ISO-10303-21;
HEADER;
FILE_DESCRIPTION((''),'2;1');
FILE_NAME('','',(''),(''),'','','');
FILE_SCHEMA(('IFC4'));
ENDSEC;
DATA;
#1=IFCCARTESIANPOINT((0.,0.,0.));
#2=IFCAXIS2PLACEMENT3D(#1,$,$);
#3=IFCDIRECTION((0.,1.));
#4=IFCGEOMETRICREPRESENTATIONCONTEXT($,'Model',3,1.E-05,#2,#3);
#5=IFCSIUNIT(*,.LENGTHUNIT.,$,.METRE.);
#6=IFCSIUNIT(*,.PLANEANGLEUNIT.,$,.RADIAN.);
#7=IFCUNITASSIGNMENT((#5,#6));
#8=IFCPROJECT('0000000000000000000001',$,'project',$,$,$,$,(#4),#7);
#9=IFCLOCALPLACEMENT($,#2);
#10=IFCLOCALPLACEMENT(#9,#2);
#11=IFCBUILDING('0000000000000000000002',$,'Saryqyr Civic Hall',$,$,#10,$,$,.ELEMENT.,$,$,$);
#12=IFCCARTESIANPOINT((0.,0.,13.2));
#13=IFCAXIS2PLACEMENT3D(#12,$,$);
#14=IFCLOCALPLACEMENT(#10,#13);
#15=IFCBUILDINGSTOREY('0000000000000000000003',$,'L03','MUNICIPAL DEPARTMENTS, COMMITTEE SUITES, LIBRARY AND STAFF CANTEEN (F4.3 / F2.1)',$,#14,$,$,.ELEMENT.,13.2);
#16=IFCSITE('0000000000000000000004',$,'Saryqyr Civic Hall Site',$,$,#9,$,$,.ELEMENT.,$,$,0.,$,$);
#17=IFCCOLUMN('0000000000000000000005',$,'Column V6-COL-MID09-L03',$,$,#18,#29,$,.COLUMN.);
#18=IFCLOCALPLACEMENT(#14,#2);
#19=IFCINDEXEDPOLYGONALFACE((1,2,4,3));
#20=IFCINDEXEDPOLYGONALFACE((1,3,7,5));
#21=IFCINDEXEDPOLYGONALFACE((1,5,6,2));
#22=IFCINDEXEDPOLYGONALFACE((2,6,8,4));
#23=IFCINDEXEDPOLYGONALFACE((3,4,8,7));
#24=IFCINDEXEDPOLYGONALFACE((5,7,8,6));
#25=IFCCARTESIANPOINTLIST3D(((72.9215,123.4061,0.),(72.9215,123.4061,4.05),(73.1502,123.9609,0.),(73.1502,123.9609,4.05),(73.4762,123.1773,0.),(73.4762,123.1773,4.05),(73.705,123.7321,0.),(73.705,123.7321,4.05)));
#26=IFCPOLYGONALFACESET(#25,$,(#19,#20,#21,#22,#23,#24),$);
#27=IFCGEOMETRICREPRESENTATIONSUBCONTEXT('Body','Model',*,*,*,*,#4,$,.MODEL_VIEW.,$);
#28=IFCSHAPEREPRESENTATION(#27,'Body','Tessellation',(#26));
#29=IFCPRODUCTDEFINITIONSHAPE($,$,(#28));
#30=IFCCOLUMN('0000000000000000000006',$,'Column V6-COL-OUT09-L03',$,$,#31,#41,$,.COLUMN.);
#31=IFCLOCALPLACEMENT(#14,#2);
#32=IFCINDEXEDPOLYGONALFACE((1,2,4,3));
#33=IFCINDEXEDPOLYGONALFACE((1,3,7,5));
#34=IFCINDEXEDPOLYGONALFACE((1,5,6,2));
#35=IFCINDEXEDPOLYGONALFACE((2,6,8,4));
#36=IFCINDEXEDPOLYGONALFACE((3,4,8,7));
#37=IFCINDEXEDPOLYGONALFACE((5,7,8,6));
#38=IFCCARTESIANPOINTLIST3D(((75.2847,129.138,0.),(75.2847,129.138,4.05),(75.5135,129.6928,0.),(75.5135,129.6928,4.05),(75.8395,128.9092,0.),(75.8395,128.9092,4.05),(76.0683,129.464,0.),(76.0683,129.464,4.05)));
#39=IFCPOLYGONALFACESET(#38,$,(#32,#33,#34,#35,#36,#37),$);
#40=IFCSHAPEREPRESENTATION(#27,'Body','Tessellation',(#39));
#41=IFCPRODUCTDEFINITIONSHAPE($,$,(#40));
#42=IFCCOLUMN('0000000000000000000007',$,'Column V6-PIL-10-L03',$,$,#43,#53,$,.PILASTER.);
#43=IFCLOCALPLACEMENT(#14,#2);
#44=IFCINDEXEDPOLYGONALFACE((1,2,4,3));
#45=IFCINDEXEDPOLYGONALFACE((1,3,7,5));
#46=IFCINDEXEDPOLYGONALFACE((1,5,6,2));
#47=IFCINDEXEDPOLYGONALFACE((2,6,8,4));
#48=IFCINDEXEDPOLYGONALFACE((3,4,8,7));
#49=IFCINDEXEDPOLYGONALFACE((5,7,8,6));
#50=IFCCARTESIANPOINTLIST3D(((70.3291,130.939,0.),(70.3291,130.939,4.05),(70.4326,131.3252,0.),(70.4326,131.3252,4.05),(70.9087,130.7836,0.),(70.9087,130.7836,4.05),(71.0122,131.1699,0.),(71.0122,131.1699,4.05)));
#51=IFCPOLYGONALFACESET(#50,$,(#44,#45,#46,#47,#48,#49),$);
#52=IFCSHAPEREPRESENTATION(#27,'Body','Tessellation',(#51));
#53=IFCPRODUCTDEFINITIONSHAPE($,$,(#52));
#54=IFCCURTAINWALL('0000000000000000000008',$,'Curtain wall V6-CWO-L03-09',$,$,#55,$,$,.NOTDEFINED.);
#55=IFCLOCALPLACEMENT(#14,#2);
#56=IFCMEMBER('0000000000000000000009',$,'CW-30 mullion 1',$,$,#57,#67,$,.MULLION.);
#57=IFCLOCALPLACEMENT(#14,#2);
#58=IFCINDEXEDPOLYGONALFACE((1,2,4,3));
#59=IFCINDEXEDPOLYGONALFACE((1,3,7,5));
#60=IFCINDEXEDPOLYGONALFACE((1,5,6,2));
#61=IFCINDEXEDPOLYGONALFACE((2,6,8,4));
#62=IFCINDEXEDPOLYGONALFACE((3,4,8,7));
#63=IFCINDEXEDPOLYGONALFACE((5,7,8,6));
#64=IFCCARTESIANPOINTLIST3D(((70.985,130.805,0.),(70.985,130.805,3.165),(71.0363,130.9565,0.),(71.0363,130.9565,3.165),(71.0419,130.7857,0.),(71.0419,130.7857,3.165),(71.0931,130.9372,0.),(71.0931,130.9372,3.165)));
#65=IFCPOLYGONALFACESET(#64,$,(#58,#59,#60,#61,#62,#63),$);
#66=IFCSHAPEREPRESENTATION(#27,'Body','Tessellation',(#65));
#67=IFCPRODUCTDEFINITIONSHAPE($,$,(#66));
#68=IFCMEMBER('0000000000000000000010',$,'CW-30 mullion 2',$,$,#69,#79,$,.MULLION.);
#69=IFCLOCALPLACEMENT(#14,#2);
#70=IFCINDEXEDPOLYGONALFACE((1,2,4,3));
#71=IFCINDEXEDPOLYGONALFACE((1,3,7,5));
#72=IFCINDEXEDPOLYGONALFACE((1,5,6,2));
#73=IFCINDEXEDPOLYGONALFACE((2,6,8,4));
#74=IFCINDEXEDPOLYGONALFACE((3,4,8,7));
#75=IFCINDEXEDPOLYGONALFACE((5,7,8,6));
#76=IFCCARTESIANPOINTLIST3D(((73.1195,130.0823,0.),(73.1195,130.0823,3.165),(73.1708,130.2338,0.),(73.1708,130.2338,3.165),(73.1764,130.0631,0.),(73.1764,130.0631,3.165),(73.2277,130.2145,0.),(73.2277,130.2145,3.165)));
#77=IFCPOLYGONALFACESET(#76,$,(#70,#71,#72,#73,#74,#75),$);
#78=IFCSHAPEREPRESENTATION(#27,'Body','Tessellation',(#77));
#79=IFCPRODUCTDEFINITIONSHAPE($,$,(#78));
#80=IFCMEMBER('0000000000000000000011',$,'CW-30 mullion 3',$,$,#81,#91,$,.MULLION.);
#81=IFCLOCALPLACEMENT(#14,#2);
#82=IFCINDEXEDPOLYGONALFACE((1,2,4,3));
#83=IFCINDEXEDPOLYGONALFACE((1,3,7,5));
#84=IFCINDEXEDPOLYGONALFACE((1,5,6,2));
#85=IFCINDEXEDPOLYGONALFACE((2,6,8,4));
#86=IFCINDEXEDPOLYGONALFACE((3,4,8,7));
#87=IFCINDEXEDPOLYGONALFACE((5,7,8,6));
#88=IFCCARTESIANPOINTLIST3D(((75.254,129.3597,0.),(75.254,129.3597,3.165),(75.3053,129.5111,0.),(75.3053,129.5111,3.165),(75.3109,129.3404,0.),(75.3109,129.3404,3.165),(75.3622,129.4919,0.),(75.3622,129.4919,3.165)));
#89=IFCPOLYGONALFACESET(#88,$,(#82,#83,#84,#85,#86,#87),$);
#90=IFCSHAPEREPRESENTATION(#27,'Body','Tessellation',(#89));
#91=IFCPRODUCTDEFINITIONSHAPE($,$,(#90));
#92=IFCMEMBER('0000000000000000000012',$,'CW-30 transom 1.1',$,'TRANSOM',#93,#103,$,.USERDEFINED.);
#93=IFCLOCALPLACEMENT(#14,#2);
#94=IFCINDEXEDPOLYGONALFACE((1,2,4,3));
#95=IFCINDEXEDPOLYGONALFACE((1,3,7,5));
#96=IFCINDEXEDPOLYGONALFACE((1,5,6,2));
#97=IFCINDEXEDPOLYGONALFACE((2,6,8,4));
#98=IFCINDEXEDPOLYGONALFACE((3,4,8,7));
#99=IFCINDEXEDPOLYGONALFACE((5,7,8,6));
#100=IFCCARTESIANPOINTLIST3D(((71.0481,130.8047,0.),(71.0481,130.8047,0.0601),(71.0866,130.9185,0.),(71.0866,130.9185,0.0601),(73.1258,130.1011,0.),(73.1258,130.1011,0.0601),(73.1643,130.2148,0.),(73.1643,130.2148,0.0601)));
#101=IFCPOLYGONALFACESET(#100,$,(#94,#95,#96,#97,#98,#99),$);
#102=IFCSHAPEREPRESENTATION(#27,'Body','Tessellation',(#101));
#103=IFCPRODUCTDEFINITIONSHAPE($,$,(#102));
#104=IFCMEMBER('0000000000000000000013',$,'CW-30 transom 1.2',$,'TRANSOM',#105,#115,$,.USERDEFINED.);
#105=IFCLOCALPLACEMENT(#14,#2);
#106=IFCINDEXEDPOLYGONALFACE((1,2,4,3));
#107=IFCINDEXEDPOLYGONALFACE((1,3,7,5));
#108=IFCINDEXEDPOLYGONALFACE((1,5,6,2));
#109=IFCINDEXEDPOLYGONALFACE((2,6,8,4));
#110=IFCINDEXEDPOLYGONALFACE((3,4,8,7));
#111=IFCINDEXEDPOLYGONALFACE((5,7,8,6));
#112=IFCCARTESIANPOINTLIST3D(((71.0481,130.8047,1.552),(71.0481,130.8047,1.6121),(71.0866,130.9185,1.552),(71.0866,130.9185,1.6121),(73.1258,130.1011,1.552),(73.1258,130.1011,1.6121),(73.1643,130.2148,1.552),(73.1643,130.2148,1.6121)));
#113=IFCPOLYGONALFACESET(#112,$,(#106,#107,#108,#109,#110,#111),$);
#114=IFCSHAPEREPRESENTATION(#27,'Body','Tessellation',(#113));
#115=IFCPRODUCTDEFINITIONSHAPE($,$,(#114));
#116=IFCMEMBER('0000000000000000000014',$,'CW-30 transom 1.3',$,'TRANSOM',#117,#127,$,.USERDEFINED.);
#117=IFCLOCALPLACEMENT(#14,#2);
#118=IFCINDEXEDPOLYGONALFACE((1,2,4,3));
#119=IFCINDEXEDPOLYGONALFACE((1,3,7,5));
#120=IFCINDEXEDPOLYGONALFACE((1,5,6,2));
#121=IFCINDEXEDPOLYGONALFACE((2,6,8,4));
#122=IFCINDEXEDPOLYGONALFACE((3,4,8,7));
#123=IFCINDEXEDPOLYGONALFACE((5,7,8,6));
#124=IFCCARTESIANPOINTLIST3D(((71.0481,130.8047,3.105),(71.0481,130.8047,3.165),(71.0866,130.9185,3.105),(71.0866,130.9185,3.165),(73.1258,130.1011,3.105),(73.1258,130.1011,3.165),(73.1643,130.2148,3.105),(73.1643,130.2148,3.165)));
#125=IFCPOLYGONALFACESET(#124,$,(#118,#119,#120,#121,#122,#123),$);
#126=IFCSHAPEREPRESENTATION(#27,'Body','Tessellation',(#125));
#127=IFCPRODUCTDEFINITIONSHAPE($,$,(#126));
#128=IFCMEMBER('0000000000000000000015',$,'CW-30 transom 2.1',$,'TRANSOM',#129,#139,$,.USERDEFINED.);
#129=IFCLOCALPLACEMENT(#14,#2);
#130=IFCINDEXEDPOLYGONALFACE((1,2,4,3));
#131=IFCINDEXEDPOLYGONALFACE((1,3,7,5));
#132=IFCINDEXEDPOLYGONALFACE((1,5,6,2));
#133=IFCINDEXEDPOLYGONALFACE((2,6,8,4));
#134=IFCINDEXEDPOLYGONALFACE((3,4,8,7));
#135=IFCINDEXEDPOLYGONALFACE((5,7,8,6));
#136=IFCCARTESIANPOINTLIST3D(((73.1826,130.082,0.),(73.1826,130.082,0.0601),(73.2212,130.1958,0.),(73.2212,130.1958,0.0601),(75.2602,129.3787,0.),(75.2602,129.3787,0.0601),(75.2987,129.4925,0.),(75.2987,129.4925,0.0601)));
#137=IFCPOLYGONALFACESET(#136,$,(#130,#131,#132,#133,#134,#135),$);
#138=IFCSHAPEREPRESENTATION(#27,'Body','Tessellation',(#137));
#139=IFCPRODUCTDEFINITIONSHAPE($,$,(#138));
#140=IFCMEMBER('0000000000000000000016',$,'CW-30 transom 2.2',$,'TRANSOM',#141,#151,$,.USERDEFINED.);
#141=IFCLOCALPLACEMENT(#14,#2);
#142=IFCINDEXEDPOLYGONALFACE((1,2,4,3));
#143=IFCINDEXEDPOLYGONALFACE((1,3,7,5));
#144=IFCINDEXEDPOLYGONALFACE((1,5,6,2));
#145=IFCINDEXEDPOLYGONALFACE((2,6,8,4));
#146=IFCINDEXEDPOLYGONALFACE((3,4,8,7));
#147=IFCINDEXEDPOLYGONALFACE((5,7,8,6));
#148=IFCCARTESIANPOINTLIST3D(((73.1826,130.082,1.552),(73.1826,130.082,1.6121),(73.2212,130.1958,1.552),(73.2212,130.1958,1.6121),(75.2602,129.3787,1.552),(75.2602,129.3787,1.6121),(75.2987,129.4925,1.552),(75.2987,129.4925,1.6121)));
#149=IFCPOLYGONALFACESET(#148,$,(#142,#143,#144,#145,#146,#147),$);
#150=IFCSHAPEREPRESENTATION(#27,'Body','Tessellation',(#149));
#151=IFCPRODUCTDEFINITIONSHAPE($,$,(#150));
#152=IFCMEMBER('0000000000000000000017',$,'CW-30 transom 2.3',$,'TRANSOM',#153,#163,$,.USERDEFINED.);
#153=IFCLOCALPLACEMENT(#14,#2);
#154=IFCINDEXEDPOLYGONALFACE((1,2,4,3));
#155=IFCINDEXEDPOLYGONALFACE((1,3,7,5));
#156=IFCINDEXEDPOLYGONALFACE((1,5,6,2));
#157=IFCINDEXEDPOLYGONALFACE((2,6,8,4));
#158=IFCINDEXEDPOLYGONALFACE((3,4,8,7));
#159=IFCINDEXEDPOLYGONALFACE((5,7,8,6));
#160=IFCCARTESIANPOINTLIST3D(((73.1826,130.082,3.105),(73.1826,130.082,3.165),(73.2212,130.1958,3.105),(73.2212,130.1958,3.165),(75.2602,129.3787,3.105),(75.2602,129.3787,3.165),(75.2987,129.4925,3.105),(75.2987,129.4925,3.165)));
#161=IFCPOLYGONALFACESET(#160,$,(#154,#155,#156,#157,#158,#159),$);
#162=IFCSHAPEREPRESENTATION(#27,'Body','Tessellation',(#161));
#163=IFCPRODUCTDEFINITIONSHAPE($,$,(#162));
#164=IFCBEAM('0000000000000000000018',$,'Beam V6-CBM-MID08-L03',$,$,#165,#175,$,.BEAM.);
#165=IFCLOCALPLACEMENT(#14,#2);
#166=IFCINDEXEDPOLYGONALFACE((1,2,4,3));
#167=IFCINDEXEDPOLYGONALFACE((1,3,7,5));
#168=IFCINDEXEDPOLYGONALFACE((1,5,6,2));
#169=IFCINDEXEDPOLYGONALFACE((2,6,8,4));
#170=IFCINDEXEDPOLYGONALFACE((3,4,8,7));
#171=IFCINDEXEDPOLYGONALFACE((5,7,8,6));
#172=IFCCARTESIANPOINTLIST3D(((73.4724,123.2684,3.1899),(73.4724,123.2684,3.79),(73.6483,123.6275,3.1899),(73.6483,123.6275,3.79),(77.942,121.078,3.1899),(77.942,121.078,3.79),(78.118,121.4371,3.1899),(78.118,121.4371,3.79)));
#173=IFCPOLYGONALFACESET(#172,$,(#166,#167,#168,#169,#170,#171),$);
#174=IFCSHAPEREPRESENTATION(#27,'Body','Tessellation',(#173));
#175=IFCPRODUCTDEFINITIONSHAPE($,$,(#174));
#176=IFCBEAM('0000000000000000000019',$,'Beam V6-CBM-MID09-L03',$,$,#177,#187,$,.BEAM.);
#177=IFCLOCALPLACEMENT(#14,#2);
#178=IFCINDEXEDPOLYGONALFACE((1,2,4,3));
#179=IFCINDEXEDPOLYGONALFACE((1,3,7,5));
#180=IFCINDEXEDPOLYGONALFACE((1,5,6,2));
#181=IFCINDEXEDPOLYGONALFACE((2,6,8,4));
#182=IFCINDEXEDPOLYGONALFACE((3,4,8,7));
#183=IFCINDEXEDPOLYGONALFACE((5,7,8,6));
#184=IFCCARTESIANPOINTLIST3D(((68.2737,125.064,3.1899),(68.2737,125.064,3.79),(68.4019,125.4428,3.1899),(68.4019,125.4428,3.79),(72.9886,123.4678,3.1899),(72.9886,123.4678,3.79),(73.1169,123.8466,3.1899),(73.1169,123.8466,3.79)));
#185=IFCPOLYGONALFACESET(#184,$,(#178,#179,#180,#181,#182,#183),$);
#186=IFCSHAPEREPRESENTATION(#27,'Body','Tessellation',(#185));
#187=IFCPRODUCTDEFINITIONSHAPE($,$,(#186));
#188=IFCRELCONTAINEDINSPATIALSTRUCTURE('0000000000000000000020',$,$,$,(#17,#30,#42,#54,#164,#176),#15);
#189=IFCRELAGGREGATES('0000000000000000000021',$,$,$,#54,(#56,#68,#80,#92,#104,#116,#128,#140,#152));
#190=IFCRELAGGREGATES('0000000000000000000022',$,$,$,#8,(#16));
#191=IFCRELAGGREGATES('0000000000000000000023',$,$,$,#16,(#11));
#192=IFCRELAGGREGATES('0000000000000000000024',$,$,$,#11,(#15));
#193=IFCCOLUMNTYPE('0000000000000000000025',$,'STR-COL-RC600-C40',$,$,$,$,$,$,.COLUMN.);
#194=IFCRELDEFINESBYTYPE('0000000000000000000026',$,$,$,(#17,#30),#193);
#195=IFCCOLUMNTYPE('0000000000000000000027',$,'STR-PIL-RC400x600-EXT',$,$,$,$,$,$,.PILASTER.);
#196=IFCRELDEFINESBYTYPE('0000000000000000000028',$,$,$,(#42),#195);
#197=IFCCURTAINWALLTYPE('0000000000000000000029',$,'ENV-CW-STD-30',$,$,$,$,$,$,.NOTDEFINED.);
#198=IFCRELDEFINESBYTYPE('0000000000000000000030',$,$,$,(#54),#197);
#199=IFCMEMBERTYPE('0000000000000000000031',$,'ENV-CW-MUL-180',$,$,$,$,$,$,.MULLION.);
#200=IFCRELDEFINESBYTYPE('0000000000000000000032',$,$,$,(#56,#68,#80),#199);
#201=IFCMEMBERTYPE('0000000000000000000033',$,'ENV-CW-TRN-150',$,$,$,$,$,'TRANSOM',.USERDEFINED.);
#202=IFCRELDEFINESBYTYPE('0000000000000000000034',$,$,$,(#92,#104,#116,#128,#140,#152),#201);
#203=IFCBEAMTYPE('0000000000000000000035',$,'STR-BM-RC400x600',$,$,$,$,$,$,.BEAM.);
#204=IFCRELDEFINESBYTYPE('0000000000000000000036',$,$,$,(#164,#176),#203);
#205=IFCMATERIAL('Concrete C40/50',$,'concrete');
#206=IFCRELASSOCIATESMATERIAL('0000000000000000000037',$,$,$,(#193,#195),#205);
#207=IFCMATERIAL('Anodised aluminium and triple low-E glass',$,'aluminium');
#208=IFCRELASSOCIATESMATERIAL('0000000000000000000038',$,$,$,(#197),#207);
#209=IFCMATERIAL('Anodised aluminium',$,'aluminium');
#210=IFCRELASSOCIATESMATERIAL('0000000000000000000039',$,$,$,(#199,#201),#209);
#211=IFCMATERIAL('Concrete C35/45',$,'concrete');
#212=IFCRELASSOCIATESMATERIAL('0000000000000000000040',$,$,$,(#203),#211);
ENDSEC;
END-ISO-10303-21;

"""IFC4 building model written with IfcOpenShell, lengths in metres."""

from ifc_helpers import new_model, si_unit, direction, frame, origin, origin_2d, place, context, subcontext, project, spatial, rectangle, extrude, material, material_profile, profile_set, type_object, element, aggregate, save


model = new_model("IFC4")

# Units and contexts
model_context = context("Model", 3, precision=1e-05, world=origin(), true_north=direction((0.0, 1.0)))
body_context = subcontext(model_context, "Body", "Model", "MODEL_VIEW")
ifc_project = project(units=[si_unit("LENGTHUNIT", "METRE"), si_unit("PLANEANGLEUNIT", "RADIAN")], contexts=[model_context])

# Site, building, storey
site_placement = place(None, origin())
site = spatial("IfcSite", under=ifc_project, at=site_placement, Name="Saryqyr Civic Hall Site", CompositionType="ELEMENT", RefElevation=0.0)
building_placement = place(site_placement, origin())
building = spatial("IfcBuilding", under=site, at=building_placement, Name="Saryqyr Civic Hall", CompositionType="ELEMENT")
storey_placement = place(building_placement, frame((0.0, 0.0, 13.2)))
storey = spatial("IfcBuildingStorey", under=building, at=storey_placement, Name="L03", Description="MUNICIPAL DEPARTMENTS, COMMITTEE SUITES, LIBRARY AND STAFF CANTEEN (F4.3 / F2.1)", CompositionType="ELEMENT", Elevation=13.2)

# Columns
ifc_material_1 = material(Name="Concrete C40/50", Category="concrete")
ifc_material_profile_1 = material_profile(ifc_material_1, rectangle(XDim=0.6001, YDim=0.6001, at=origin_2d()), Name="RC 600x600")
ifc_profile_set_1 = profile_set([ifc_material_profile_1], Name="Concrete C40/50")
column_type_1 = type_object("IfcColumnType", Name="STR-COL-RC600-C40", PredefinedType="COLUMN", material=ifc_profile_set_1)
for number, where, z_axis, x_axis, name in (
    (1, (73.3132, 123.5691, 0.0), (0.0, 0.0, 1.0), (0.381232, 0.92448, 0.0), "Column V6-COL-MID09-L03"),
    (2, (75.6765, 129.301, 0.0), (0.0, 0.0, 1.0), (0.381232, 0.92448, 0.0), "Column V6-COL-OUT09-L03"),
):
    element("IfcColumn", number, at=place(storey_placement, frame(where, z_axis=z_axis, x_axis=x_axis)), inside=storey, type_object=column_type_1, Name=name, PredefinedType="COLUMN", context=body_context, shape_type="SweptSolid", body=[
        extrude(rectangle(XDim=0.6001, YDim=0.6001, at=origin_2d()), origin(), (0.0, 0.0, 1.0), 4.05),
    ])
ifc_material_profile_2 = material_profile(ifc_material_1, rectangle(XDim=0.3999, YDim=0.6001, at=origin_2d()), Name="RC 400x600")
ifc_profile_set_2 = profile_set([ifc_material_profile_2], Name="Concrete C40/50")
column_type_2 = type_object("IfcColumnType", Name="STR-PIL-RC400x600-EXT", PredefinedType="PILASTER", material=ifc_profile_set_2)
column_placement = place(storey_placement, frame((70.6707, 131.0544, 0.0), z_axis=(0.0, 0.0, 1.0), x_axis=(0.258819, 0.965926, 0.0)))
element("IfcColumn", 3, at=column_placement, inside=storey, type_object=column_type_2, Name="Column V6-PIL-10-L03", PredefinedType="PILASTER", context=body_context, shape_type="SweptSolid", body=[
    extrude(rectangle(XDim=0.3999, YDim=0.6001, at=origin_2d()), origin(), (0.0, 0.0, 1.0), 4.05),
])

# Curtain wall, members
ifc_material_2 = material(Name="Anodised aluminium and triple low-E glass", Category="aluminium")
curtain_wall_type = type_object("IfcCurtainWallType", Name="ENV-CW-STD-30", PredefinedType="NOTDEFINED", material=ifc_material_2)
curtain_wall_placement = place(storey_placement, origin())
curtain_wall = element("IfcCurtainWall", 4, at=curtain_wall_placement, inside=storey, type_object=curtain_wall_type, Name="Curtain wall V6-CWO-L03-09", PredefinedType="NOTDEFINED")
ifc_material_3 = material(Name="Anodised aluminium", Category="aluminium")
ifc_material_profile_3 = material_profile(ifc_material_3, rectangle(XDim=0.0601, YDim=0.1599, at=origin_2d()), Name="ALU MULLION 60x160")
ifc_profile_set_3 = profile_set([ifc_material_profile_3], Name="Anodised aluminium")
member_type_1 = type_object("IfcMemberType", Name="ENV-CW-MUL-180", PredefinedType="MULLION", material=ifc_profile_set_3)
member_1_placement = place(storey_placement, frame((71.0391, 130.8711, 0.0), z_axis=(0.0, 0.0, 1.0), x_axis=(0.94719, -0.320671, 0.0)))
member_1 = element("IfcMember", 5, at=member_1_placement, type_object=member_type_1, Name="CW-30 mullion 1", PredefinedType="MULLION", context=body_context, shape_type="SweptSolid", body=[
    extrude(rectangle(XDim=0.0601, YDim=0.1599, at=origin_2d()), origin(), (0.0, 0.0, 1.0), 3.165),
])
member_2_placement = place(storey_placement, frame((73.1736, 130.1484, 0.0), z_axis=(0.0, 0.0, 1.0), x_axis=(0.94719, -0.320671, 0.0)))
member_2 = element("IfcMember", 6, at=member_2_placement, type_object=member_type_1, Name="CW-30 mullion 2", PredefinedType="MULLION", context=body_context, shape_type="SweptSolid", body=[
    extrude(rectangle(XDim=0.0601, YDim=0.1599, at=origin_2d()), origin(), (0.0, 0.0, 1.0), 3.165),
])
member_3_placement = place(storey_placement, frame((75.3081, 129.4258, 0.0), z_axis=(0.0, 0.0, 1.0), x_axis=(0.94719, -0.320671, 0.0)))
member_3 = element("IfcMember", 7, at=member_3_placement, type_object=member_type_1, Name="CW-30 mullion 3", PredefinedType="MULLION", context=body_context, shape_type="SweptSolid", body=[
    extrude(rectangle(XDim=0.0601, YDim=0.1599, at=origin_2d()), origin(), (0.0, 0.0, 1.0), 3.165),
])
ifc_material_profile_4 = material_profile(ifc_material_3, rectangle(XDim=0.1201, YDim=0.0601, at=origin_2d()), Name="ALU TRANSOM 120x60")
ifc_profile_set_4 = profile_set([ifc_material_profile_4], Name="Anodised aluminium")
member_type_2 = type_object("IfcMemberType", Name="ENV-CW-TRN-150", ElementType="TRANSOM", PredefinedType="USERDEFINED", material=ifc_profile_set_4)
member_4_placement = place(storey_placement, frame((71.0674, 130.8616, 0.03), z_axis=(0.947159, -0.320765, 0.0), x_axis=(0.320765, 0.947159, 0.0)))
member_4 = element("IfcMember", 8, at=member_4_placement, type_object=member_type_2, Name="CW-30 transom 1.1", ObjectType="TRANSOM", PredefinedType="USERDEFINED", context=body_context, shape_type="SweptSolid", body=[
    extrude(rectangle(XDim=0.1201, YDim=0.0601, at=origin_2d()), origin(), (0.0, 0.0, 1.0), 2.1936),
])
member_5_placement = place(storey_placement, frame((71.0674, 130.8616, 1.582), z_axis=(0.947159, -0.320765, 0.0), x_axis=(0.320765, 0.947159, 0.0)))
member_5 = element("IfcMember", 9, at=member_5_placement, type_object=member_type_2, Name="CW-30 transom 1.2", ObjectType="TRANSOM", PredefinedType="USERDEFINED", context=body_context, shape_type="SweptSolid", body=[
    extrude(rectangle(XDim=0.1201, YDim=0.0601, at=origin_2d()), origin(), (0.0, 0.0, 1.0), 2.1936),
])
member_6_placement = place(storey_placement, frame((71.0674, 130.8616, 3.135), z_axis=(0.947159, -0.320765, 0.0), x_axis=(0.320765, 0.947159, 0.0)))
member_6 = element("IfcMember", 10, at=member_6_placement, type_object=member_type_2, Name="CW-30 transom 1.3", ObjectType="TRANSOM", PredefinedType="USERDEFINED", context=body_context, shape_type="SweptSolid", body=[
    extrude(rectangle(XDim=0.1201, YDim=0.0601, at=origin_2d()), origin(), (0.0, 0.0, 1.0), 2.1936),
])
member_7_placement = place(storey_placement, frame((73.2019, 130.1389, 0.03), z_axis=(0.947193, -0.320665, 0.0), x_axis=(0.320665, 0.947193, 0.0)))
member_7 = element("IfcMember", 11, at=member_7_placement, type_object=member_type_2, Name="CW-30 transom 2.1", ObjectType="TRANSOM", PredefinedType="USERDEFINED", context=body_context, shape_type="SweptSolid", body=[
    extrude(rectangle(XDim=0.1201, YDim=0.0601, at=origin_2d()), origin(), (0.0, 0.0, 1.0), 2.1934),
])
member_8_placement = place(storey_placement, frame((73.2019, 130.1389, 1.582), z_axis=(0.947193, -0.320665, 0.0), x_axis=(0.320665, 0.947193, 0.0)))
member_8 = element("IfcMember", 12, at=member_8_placement, type_object=member_type_2, Name="CW-30 transom 2.2", ObjectType="TRANSOM", PredefinedType="USERDEFINED", context=body_context, shape_type="SweptSolid", body=[
    extrude(rectangle(XDim=0.1201, YDim=0.0601, at=origin_2d()), origin(), (0.0, 0.0, 1.0), 2.1934),
])
member_9_placement = place(storey_placement, frame((73.2019, 130.1389, 3.135), z_axis=(0.947193, -0.320665, 0.0), x_axis=(0.320665, 0.947193, 0.0)))
member_9 = element("IfcMember", 13, at=member_9_placement, type_object=member_type_2, Name="CW-30 transom 2.3", ObjectType="TRANSOM", PredefinedType="USERDEFINED", context=body_context, shape_type="SweptSolid", body=[
    extrude(rectangle(XDim=0.1201, YDim=0.0601, at=origin_2d()), origin(), (0.0, 0.0, 1.0), 2.1934),
])

# Beams
ifc_material_4 = material(Name="Concrete C35/45", Category="concrete")
ifc_material_profile_5 = material_profile(ifc_material_4, rectangle(XDim=0.3999, YDim=0.6001, at=origin_2d()), Name="RC 400x600")
ifc_profile_set_5 = profile_set([ifc_material_profile_5], Name="Concrete C35/45")
beam_type_1 = type_object("IfcBeamType", Name="STR-BM-RC400x600", PredefinedType="BEAM", material=ifc_profile_set_5)
beam_1_placement = place(storey_placement, frame((78.03, 121.2576, 3.49), z_axis=(-0.897969, 0.440058, 0.0), x_axis=(-0.440058, -0.897969, 0.0)))
element("IfcBeam", 14, at=beam_1_placement, inside=storey, type_object=beam_type_1, Name="Beam V6-CBM-MID08-L03", PredefinedType="BEAM", context=body_context, shape_type="SweptSolid", body=[
    extrude(rectangle(XDim=0.3999, YDim=0.6001, at=origin_2d()), origin(), (0.0, 0.0, 1.0), 4.9775),
])
beam_2_placement = place(storey_placement, frame((73.0527, 123.6572, 3.49), z_axis=(-0.947192, 0.320668, 0.0), x_axis=(-0.320668, -0.947192, 0.0)))
element("IfcBeam", 15, at=beam_2_placement, inside=storey, type_object=beam_type_1, Name="Beam V6-CBM-MID09-L03", PredefinedType="BEAM", context=body_context, shape_type="SweptSolid", body=[
    extrude(rectangle(XDim=0.3999, YDim=0.6001, at=origin_2d()), origin(), (0.0, 0.0, 1.0), 4.9778),
])

aggregate(curtain_wall, [member_1, member_2, member_3, member_4, member_5, member_6, member_7, member_8, member_9])

save(model, "model.ifc")
